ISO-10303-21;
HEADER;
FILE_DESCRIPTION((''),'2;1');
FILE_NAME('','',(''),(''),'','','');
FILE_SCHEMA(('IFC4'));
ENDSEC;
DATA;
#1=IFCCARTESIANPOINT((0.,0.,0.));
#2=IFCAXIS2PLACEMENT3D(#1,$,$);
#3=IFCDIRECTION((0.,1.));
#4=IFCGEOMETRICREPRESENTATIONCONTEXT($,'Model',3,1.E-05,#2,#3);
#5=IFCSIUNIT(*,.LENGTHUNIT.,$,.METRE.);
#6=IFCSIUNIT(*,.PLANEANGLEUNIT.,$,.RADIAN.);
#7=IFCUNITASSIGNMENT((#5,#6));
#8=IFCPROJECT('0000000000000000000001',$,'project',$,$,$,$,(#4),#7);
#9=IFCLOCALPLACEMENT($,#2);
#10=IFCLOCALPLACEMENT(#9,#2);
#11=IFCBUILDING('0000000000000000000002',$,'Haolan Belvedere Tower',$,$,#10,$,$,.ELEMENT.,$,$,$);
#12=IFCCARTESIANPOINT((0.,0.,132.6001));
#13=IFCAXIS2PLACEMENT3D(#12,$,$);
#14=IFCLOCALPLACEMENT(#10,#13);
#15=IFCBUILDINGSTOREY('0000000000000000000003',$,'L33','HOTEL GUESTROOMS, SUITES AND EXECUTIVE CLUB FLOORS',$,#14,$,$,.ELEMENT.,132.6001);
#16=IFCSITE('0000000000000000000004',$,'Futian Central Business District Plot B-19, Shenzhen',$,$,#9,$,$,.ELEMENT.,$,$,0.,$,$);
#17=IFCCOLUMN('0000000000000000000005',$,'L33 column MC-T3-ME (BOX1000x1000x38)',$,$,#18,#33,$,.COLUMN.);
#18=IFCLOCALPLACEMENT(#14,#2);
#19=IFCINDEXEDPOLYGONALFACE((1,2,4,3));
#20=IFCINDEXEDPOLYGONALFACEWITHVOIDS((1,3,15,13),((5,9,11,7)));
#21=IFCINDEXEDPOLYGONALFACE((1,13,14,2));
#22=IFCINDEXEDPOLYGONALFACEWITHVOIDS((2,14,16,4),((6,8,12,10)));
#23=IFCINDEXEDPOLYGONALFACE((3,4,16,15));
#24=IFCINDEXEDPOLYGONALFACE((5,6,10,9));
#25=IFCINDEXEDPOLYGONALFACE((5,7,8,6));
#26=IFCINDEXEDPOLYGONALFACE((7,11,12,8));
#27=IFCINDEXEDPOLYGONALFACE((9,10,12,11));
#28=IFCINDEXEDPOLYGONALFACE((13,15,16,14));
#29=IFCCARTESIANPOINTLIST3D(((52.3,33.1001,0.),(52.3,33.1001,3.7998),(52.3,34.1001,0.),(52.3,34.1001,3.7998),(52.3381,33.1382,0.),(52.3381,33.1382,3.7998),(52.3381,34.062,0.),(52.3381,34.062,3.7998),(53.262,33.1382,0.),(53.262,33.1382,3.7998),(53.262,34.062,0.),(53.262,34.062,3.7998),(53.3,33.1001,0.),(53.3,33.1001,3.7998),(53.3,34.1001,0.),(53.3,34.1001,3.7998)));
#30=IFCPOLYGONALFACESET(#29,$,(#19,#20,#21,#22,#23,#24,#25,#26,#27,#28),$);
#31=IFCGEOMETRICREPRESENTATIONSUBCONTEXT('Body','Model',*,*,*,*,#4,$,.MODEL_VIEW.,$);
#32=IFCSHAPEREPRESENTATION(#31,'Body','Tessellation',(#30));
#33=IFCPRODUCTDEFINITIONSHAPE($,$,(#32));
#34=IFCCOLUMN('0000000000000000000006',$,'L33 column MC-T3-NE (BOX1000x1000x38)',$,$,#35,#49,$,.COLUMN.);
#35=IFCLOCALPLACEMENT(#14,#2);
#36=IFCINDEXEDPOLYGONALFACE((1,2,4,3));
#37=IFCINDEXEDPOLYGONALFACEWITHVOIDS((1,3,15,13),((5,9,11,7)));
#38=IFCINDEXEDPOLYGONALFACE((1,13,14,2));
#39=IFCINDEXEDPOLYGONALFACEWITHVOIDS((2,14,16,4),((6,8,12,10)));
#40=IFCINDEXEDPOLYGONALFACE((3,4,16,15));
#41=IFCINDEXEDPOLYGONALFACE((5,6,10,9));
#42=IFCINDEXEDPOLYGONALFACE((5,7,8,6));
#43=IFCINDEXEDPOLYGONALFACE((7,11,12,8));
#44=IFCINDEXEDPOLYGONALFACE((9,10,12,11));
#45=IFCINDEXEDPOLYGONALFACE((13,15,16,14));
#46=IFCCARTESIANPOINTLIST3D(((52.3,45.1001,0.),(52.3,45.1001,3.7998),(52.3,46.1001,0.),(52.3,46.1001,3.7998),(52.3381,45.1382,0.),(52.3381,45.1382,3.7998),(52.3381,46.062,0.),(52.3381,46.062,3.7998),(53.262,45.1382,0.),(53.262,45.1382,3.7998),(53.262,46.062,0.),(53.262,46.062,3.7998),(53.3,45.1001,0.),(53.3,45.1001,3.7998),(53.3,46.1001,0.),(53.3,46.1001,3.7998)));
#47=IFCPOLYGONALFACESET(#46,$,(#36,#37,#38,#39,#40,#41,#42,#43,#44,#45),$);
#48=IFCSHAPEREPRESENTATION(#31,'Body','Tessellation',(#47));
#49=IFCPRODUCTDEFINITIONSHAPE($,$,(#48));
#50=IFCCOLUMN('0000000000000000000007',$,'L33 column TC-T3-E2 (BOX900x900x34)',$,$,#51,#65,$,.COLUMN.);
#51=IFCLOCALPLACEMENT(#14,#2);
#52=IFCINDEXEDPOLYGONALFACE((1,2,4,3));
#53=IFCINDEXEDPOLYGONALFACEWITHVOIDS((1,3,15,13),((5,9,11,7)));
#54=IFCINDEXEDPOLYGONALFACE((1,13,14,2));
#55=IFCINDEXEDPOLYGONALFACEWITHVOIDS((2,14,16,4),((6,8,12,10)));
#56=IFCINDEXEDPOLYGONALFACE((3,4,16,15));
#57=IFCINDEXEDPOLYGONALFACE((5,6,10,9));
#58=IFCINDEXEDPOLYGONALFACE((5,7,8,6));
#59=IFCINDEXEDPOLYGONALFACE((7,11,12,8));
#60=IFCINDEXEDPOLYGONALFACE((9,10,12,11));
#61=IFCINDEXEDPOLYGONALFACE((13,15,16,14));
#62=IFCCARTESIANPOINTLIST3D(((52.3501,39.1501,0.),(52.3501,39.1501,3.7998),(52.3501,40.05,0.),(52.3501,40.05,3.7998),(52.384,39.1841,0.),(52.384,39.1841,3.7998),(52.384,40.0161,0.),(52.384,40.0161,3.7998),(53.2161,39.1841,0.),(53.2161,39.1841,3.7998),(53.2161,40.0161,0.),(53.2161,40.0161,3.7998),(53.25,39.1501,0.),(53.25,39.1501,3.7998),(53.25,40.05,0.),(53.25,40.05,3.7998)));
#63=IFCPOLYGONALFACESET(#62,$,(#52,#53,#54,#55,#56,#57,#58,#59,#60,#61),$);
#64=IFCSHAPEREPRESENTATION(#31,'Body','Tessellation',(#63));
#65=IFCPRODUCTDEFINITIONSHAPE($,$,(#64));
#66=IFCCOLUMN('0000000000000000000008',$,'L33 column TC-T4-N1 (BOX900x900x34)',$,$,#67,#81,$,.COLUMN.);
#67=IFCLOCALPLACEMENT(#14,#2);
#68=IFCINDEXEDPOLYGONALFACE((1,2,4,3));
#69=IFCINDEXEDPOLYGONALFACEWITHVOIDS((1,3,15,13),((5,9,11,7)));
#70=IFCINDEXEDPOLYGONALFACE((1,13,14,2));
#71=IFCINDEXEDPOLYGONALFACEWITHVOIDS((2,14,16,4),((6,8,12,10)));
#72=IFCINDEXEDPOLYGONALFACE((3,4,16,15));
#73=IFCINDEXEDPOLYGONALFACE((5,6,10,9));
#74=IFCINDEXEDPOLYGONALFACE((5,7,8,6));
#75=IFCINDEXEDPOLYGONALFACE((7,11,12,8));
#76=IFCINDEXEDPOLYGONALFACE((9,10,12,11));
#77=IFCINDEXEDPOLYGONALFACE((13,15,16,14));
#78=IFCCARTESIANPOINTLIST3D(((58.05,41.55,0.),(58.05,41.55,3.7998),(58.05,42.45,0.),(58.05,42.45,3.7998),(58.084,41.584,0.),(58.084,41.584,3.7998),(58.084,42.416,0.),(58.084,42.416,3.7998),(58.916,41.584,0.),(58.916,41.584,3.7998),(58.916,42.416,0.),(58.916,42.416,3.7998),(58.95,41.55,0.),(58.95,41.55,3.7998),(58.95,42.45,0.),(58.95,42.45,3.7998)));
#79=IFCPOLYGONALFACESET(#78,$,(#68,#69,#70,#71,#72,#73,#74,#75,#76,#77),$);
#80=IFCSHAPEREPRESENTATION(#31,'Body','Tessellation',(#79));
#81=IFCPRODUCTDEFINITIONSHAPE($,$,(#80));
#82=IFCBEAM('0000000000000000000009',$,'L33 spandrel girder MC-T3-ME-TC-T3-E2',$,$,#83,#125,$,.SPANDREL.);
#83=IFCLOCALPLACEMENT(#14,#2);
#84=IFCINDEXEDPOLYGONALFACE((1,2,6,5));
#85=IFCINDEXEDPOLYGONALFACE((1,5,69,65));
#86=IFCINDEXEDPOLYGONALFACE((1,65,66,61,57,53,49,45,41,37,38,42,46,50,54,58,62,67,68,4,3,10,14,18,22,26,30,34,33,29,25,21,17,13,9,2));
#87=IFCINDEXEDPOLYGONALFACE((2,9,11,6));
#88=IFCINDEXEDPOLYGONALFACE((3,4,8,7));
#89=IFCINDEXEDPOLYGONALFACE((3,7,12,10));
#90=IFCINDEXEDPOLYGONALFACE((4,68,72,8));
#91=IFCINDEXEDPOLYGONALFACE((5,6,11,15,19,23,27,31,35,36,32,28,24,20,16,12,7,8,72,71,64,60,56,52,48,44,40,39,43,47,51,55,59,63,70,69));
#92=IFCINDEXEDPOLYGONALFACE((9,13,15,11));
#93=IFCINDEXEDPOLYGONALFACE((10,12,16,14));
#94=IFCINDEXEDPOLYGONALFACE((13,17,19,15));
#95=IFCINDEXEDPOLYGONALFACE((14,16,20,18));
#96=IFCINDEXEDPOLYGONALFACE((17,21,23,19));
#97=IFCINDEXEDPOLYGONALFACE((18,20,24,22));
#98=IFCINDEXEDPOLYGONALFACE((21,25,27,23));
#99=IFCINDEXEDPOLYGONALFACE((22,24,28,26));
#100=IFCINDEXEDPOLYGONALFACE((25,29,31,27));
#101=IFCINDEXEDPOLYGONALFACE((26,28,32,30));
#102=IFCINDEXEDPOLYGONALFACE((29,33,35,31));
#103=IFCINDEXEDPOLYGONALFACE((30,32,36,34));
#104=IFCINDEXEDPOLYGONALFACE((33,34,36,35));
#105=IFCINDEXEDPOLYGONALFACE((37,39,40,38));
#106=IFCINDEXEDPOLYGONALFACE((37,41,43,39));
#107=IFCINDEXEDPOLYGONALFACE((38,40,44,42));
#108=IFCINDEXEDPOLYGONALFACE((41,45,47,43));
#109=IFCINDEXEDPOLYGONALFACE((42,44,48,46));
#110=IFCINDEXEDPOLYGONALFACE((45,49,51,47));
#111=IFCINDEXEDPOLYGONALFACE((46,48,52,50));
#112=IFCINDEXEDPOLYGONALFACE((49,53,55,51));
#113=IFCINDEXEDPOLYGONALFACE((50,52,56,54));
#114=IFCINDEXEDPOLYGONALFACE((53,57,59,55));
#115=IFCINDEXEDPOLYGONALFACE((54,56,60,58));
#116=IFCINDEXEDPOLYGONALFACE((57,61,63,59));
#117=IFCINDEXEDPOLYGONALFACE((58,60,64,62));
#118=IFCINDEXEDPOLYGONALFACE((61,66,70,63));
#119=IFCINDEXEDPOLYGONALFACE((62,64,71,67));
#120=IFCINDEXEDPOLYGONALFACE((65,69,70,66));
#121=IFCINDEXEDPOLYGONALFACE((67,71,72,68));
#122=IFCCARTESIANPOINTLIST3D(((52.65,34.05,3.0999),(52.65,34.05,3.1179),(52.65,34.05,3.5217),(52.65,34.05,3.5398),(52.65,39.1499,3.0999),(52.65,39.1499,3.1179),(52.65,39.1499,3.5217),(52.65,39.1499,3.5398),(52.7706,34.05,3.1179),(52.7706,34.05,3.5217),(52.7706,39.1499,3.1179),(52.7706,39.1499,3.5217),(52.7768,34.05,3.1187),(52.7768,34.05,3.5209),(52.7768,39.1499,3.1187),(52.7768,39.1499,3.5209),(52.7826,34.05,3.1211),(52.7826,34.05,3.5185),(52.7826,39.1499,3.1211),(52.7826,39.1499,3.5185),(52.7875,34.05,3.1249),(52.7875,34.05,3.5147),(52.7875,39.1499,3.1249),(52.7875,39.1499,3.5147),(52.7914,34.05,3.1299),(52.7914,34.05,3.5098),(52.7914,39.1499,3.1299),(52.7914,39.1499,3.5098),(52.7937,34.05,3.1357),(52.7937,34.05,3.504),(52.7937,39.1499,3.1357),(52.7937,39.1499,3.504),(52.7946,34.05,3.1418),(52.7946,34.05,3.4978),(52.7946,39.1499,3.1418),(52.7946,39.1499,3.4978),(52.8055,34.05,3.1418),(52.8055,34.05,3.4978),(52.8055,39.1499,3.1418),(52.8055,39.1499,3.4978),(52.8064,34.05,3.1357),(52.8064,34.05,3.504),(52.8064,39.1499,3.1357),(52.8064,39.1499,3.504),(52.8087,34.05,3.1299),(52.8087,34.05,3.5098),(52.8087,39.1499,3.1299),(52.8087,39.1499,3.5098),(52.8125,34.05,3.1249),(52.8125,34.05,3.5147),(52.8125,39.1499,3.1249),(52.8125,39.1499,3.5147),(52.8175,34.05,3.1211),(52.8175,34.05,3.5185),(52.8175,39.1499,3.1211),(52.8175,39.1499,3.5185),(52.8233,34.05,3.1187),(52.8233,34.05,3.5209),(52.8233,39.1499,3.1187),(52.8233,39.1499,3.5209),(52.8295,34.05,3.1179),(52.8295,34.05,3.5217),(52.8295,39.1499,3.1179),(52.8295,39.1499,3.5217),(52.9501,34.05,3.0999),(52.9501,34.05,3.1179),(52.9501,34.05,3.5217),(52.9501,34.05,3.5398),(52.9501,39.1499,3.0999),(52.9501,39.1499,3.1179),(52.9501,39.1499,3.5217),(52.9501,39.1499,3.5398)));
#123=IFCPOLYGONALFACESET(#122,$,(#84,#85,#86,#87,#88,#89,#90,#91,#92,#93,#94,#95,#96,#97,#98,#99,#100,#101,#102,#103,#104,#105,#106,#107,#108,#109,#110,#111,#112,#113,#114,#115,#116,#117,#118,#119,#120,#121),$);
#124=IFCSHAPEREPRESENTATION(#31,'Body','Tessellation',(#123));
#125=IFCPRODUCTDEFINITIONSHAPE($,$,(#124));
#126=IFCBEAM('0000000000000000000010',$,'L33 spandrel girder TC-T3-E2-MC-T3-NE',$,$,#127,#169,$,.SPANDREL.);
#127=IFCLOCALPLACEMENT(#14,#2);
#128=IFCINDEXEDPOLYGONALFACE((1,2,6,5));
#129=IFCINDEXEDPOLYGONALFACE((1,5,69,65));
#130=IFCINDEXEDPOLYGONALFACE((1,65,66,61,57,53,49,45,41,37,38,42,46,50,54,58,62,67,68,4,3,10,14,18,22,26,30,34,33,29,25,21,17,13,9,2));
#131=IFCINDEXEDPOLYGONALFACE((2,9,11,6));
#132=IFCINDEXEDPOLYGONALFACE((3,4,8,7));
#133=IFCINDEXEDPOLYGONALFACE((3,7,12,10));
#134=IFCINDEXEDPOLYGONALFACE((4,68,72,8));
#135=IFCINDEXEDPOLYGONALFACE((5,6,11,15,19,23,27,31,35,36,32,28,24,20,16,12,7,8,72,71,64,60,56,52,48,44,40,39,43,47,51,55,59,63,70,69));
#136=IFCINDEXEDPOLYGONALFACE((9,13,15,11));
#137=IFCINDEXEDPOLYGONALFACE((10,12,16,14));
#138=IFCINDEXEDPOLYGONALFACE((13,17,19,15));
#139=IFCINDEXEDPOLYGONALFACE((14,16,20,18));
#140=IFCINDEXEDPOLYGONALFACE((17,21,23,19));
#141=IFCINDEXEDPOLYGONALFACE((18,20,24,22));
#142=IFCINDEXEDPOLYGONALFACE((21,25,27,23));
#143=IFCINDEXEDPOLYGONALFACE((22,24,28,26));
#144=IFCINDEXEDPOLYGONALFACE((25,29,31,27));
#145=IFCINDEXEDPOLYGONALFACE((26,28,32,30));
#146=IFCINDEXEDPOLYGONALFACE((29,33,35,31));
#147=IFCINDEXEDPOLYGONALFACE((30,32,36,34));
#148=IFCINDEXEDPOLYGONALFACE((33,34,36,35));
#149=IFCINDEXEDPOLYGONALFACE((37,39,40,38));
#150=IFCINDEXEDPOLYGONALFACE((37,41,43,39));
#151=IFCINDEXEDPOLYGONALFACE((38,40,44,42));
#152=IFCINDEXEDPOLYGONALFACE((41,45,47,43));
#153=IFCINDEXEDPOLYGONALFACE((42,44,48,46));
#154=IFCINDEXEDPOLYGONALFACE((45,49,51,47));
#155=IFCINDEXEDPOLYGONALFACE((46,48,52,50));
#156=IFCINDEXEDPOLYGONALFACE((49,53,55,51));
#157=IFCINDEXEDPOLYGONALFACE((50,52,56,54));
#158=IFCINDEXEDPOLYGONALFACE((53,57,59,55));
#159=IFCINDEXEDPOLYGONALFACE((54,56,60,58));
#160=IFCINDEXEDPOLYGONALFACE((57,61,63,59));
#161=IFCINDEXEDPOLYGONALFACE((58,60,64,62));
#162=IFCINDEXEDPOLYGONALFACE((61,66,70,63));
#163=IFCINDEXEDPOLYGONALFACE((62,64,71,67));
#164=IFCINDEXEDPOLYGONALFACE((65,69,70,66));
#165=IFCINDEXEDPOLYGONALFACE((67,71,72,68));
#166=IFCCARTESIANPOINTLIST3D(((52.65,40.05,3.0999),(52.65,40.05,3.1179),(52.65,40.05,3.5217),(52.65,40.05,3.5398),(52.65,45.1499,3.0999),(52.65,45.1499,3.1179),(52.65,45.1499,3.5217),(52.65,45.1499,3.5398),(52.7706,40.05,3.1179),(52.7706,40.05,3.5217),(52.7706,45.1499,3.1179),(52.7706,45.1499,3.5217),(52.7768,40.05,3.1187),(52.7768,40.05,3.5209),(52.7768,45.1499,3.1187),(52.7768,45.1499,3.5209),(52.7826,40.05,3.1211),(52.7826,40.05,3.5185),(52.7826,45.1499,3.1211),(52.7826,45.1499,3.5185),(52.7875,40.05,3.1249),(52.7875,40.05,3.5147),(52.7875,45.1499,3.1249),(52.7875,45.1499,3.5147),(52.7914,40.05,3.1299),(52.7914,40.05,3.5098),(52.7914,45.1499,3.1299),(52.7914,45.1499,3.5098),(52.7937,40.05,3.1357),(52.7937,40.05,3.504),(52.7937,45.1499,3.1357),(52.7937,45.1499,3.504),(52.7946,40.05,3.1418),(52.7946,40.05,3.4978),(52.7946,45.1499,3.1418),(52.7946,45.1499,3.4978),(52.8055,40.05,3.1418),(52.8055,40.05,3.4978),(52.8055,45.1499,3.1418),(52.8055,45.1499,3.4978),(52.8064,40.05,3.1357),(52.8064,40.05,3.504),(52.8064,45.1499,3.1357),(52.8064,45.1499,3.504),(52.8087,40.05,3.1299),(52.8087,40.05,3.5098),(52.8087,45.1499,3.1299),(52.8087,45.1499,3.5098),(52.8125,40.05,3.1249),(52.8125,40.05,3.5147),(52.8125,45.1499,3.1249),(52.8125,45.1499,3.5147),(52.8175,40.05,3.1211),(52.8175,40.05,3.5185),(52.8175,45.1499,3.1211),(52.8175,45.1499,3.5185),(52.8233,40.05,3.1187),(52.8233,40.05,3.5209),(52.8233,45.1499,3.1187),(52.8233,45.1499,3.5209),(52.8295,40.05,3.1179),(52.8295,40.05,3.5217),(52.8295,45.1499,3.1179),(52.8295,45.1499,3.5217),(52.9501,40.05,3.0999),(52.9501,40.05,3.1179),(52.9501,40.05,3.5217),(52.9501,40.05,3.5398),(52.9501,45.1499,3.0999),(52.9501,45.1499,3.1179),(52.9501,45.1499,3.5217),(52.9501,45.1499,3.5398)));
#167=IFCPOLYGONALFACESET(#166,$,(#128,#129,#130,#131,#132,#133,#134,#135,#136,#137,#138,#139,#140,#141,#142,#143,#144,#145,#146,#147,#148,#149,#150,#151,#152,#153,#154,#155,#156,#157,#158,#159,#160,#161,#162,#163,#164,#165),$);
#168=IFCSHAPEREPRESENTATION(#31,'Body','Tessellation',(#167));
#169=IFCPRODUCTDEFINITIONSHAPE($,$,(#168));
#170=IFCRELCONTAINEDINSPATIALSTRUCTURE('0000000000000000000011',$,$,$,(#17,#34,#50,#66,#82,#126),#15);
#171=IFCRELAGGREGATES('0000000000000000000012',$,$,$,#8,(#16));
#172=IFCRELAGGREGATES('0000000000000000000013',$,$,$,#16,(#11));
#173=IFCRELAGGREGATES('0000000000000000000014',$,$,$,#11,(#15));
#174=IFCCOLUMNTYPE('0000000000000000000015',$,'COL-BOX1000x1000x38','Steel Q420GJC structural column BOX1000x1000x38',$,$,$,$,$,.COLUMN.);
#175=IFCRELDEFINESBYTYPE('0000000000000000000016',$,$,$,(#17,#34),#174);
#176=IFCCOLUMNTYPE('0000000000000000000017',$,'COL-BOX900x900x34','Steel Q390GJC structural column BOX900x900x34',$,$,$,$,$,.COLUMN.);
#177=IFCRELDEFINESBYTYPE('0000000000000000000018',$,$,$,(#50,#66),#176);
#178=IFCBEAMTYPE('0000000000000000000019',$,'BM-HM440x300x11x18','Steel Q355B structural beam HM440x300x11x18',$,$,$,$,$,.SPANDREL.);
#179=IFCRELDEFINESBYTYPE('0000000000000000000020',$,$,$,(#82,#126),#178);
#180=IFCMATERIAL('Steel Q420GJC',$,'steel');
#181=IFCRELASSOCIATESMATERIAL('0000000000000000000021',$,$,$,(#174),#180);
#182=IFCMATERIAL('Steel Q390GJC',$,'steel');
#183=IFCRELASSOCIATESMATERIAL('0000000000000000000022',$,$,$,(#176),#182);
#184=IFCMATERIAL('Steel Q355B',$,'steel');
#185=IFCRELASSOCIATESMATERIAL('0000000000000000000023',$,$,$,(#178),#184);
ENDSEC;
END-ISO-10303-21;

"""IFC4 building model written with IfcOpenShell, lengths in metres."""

from ifc_helpers import new_model, si_unit, direction, frame, origin, origin_2d, place, context, subcontext, project, spatial, hollow_rectangle, i_section, extrude, material, material_profile, profile_set, type_object, element, save


model = new_model("IFC4")

# Units and contexts
model_context = context("Model", 3, precision=1e-05, world=origin(), true_north=direction((0.0, 1.0)))
body_context = subcontext(model_context, "Body", "Model", "MODEL_VIEW")
ifc_project = project(units=[si_unit("LENGTHUNIT", "METRE"), si_unit("PLANEANGLEUNIT", "RADIAN")], contexts=[model_context])

# Site, building, storey
site_placement = place(None, origin())
site = spatial("IfcSite", under=ifc_project, at=site_placement, Name="Futian Central Business District Plot B-19, Shenzhen", CompositionType="ELEMENT", RefElevation=0.0)
building_placement = place(site_placement, origin())
building = spatial("IfcBuilding", under=site, at=building_placement, Name="Haolan Belvedere Tower", CompositionType="ELEMENT")
storey_placement = place(building_placement, frame((0.0, 0.0, 132.6001)))
storey = spatial("IfcBuildingStorey", under=building, at=storey_placement, Name="L33", Description="HOTEL GUESTROOMS, SUITES AND EXECUTIVE CLUB FLOORS", CompositionType="ELEMENT", Elevation=132.6001)

# Columns
ifc_material_1 = material(Name="Steel Q420GJC", Category="steel")
ifc_material_profile_1 = material_profile(ifc_material_1, hollow_rectangle(XDim=1.0, YDim=1.0, WallThickness=0.0381, at=origin_2d()), Name="Steel Q420GJC")
ifc_profile_set_1 = profile_set([ifc_material_profile_1], Name="Steel Q420GJC")
column_type_1 = type_object("IfcColumnType", Name="COL-BOX1000x1000x38", Description="Steel Q420GJC structural column BOX1000x1000x38", PredefinedType="COLUMN", material=ifc_profile_set_1)
for number, where, z_axis, x_axis, name in (
    (1, (52.8, 33.6001, 0.0), (0.0, 0.0, 1.0), (1.0, 0.0, 0.0), "L33 column MC-T3-ME (BOX1000x1000x38)"),
    (2, (52.8, 45.6001, 0.0), (0.0, 0.0, 1.0), (1.0, 0.0, 0.0), "L33 column MC-T3-NE (BOX1000x1000x38)"),
):
    element("IfcColumn", number, at=place(storey_placement, frame(where, z_axis=z_axis, x_axis=x_axis)), inside=storey, type_object=column_type_1, Name=name, PredefinedType="COLUMN", context=body_context, shape_type="SweptSolid", body=[
        extrude(hollow_rectangle(XDim=1.0, YDim=1.0, WallThickness=0.0381, at=origin_2d()), origin(), (0.0, 0.0, 1.0), 3.7998),
    ])
ifc_material_2 = material(Name="Steel Q390GJC", Category="steel")
ifc_material_profile_2 = material_profile(ifc_material_2, hollow_rectangle(XDim=0.8999, YDim=0.8999, WallThickness=0.0339, at=origin_2d()), Name="Steel Q390GJC")
ifc_profile_set_2 = profile_set([ifc_material_profile_2], Name="Steel Q390GJC")
column_type_2 = type_object("IfcColumnType", Name="COL-BOX900x900x34", Description="Steel Q390GJC structural column BOX900x900x34", PredefinedType="COLUMN", material=ifc_profile_set_2)
for number, where, z_axis, x_axis, name in (
    (3, (52.8, 39.6001, 0.0), (0.0, 0.0, 1.0), (1.0, 0.0, 0.0), "L33 column TC-T3-E2 (BOX900x900x34)"),
    (4, (58.5, 42.0, 0.0), (0.0, 0.0, 1.0), (1.0, 0.0, 0.0), "L33 column TC-T4-N1 (BOX900x900x34)"),
):
    element("IfcColumn", number, at=place(storey_placement, frame(where, z_axis=z_axis, x_axis=x_axis)), inside=storey, type_object=column_type_2, Name=name, PredefinedType="COLUMN", context=body_context, shape_type="SweptSolid", body=[
        extrude(hollow_rectangle(XDim=0.8999, YDim=0.8999, WallThickness=0.0339, at=origin_2d()), origin(), (0.0, 0.0, 1.0), 3.7998),
    ])

# Beams
ifc_material_3 = material(Name="Steel Q355B", Category="steel")
ifc_material_profile_3 = material_profile(ifc_material_3, i_section(OverallWidth=0.3, OverallDepth=0.4399, WebThickness=0.011, FlangeThickness=0.0181, FilletRadius=0.0239, at=origin_2d()), Name="Steel Q355B")
ifc_profile_set_3 = profile_set([ifc_material_profile_3], Name="Steel Q355B")
beam_type_1 = type_object("IfcBeamType", Name="BM-HM440x300x11x18", Description="Steel Q355B structural beam HM440x300x11x18", PredefinedType="SPANDREL", material=ifc_profile_set_3)
for number, where, z_axis, x_axis, name in (
    (5, (52.8, 34.05, 3.3198), (0.0, 1.0, 0.0), (-1.0, 0.0, 0.0), "L33 spandrel girder MC-T3-ME-TC-T3-E2"),
    (6, (52.8, 40.05, 3.3198), (0.0, 1.0, 0.0), (-1.0, 0.0, 0.0), "L33 spandrel girder TC-T3-E2-MC-T3-NE"),
):
    element("IfcBeam", number, at=place(storey_placement, frame(where, z_axis=z_axis, x_axis=x_axis)), inside=storey, type_object=beam_type_1, Name=name, PredefinedType="SPANDREL", context=body_context, shape_type="SweptSolid", body=[
        extrude(i_section(OverallWidth=0.3, OverallDepth=0.4399, WebThickness=0.011, FlangeThickness=0.0181, FilletRadius=0.0239, at=origin_2d()), origin(), (0.0, 0.0, 1.0), 5.0999),
    ])

save(model, "model.ifc")
